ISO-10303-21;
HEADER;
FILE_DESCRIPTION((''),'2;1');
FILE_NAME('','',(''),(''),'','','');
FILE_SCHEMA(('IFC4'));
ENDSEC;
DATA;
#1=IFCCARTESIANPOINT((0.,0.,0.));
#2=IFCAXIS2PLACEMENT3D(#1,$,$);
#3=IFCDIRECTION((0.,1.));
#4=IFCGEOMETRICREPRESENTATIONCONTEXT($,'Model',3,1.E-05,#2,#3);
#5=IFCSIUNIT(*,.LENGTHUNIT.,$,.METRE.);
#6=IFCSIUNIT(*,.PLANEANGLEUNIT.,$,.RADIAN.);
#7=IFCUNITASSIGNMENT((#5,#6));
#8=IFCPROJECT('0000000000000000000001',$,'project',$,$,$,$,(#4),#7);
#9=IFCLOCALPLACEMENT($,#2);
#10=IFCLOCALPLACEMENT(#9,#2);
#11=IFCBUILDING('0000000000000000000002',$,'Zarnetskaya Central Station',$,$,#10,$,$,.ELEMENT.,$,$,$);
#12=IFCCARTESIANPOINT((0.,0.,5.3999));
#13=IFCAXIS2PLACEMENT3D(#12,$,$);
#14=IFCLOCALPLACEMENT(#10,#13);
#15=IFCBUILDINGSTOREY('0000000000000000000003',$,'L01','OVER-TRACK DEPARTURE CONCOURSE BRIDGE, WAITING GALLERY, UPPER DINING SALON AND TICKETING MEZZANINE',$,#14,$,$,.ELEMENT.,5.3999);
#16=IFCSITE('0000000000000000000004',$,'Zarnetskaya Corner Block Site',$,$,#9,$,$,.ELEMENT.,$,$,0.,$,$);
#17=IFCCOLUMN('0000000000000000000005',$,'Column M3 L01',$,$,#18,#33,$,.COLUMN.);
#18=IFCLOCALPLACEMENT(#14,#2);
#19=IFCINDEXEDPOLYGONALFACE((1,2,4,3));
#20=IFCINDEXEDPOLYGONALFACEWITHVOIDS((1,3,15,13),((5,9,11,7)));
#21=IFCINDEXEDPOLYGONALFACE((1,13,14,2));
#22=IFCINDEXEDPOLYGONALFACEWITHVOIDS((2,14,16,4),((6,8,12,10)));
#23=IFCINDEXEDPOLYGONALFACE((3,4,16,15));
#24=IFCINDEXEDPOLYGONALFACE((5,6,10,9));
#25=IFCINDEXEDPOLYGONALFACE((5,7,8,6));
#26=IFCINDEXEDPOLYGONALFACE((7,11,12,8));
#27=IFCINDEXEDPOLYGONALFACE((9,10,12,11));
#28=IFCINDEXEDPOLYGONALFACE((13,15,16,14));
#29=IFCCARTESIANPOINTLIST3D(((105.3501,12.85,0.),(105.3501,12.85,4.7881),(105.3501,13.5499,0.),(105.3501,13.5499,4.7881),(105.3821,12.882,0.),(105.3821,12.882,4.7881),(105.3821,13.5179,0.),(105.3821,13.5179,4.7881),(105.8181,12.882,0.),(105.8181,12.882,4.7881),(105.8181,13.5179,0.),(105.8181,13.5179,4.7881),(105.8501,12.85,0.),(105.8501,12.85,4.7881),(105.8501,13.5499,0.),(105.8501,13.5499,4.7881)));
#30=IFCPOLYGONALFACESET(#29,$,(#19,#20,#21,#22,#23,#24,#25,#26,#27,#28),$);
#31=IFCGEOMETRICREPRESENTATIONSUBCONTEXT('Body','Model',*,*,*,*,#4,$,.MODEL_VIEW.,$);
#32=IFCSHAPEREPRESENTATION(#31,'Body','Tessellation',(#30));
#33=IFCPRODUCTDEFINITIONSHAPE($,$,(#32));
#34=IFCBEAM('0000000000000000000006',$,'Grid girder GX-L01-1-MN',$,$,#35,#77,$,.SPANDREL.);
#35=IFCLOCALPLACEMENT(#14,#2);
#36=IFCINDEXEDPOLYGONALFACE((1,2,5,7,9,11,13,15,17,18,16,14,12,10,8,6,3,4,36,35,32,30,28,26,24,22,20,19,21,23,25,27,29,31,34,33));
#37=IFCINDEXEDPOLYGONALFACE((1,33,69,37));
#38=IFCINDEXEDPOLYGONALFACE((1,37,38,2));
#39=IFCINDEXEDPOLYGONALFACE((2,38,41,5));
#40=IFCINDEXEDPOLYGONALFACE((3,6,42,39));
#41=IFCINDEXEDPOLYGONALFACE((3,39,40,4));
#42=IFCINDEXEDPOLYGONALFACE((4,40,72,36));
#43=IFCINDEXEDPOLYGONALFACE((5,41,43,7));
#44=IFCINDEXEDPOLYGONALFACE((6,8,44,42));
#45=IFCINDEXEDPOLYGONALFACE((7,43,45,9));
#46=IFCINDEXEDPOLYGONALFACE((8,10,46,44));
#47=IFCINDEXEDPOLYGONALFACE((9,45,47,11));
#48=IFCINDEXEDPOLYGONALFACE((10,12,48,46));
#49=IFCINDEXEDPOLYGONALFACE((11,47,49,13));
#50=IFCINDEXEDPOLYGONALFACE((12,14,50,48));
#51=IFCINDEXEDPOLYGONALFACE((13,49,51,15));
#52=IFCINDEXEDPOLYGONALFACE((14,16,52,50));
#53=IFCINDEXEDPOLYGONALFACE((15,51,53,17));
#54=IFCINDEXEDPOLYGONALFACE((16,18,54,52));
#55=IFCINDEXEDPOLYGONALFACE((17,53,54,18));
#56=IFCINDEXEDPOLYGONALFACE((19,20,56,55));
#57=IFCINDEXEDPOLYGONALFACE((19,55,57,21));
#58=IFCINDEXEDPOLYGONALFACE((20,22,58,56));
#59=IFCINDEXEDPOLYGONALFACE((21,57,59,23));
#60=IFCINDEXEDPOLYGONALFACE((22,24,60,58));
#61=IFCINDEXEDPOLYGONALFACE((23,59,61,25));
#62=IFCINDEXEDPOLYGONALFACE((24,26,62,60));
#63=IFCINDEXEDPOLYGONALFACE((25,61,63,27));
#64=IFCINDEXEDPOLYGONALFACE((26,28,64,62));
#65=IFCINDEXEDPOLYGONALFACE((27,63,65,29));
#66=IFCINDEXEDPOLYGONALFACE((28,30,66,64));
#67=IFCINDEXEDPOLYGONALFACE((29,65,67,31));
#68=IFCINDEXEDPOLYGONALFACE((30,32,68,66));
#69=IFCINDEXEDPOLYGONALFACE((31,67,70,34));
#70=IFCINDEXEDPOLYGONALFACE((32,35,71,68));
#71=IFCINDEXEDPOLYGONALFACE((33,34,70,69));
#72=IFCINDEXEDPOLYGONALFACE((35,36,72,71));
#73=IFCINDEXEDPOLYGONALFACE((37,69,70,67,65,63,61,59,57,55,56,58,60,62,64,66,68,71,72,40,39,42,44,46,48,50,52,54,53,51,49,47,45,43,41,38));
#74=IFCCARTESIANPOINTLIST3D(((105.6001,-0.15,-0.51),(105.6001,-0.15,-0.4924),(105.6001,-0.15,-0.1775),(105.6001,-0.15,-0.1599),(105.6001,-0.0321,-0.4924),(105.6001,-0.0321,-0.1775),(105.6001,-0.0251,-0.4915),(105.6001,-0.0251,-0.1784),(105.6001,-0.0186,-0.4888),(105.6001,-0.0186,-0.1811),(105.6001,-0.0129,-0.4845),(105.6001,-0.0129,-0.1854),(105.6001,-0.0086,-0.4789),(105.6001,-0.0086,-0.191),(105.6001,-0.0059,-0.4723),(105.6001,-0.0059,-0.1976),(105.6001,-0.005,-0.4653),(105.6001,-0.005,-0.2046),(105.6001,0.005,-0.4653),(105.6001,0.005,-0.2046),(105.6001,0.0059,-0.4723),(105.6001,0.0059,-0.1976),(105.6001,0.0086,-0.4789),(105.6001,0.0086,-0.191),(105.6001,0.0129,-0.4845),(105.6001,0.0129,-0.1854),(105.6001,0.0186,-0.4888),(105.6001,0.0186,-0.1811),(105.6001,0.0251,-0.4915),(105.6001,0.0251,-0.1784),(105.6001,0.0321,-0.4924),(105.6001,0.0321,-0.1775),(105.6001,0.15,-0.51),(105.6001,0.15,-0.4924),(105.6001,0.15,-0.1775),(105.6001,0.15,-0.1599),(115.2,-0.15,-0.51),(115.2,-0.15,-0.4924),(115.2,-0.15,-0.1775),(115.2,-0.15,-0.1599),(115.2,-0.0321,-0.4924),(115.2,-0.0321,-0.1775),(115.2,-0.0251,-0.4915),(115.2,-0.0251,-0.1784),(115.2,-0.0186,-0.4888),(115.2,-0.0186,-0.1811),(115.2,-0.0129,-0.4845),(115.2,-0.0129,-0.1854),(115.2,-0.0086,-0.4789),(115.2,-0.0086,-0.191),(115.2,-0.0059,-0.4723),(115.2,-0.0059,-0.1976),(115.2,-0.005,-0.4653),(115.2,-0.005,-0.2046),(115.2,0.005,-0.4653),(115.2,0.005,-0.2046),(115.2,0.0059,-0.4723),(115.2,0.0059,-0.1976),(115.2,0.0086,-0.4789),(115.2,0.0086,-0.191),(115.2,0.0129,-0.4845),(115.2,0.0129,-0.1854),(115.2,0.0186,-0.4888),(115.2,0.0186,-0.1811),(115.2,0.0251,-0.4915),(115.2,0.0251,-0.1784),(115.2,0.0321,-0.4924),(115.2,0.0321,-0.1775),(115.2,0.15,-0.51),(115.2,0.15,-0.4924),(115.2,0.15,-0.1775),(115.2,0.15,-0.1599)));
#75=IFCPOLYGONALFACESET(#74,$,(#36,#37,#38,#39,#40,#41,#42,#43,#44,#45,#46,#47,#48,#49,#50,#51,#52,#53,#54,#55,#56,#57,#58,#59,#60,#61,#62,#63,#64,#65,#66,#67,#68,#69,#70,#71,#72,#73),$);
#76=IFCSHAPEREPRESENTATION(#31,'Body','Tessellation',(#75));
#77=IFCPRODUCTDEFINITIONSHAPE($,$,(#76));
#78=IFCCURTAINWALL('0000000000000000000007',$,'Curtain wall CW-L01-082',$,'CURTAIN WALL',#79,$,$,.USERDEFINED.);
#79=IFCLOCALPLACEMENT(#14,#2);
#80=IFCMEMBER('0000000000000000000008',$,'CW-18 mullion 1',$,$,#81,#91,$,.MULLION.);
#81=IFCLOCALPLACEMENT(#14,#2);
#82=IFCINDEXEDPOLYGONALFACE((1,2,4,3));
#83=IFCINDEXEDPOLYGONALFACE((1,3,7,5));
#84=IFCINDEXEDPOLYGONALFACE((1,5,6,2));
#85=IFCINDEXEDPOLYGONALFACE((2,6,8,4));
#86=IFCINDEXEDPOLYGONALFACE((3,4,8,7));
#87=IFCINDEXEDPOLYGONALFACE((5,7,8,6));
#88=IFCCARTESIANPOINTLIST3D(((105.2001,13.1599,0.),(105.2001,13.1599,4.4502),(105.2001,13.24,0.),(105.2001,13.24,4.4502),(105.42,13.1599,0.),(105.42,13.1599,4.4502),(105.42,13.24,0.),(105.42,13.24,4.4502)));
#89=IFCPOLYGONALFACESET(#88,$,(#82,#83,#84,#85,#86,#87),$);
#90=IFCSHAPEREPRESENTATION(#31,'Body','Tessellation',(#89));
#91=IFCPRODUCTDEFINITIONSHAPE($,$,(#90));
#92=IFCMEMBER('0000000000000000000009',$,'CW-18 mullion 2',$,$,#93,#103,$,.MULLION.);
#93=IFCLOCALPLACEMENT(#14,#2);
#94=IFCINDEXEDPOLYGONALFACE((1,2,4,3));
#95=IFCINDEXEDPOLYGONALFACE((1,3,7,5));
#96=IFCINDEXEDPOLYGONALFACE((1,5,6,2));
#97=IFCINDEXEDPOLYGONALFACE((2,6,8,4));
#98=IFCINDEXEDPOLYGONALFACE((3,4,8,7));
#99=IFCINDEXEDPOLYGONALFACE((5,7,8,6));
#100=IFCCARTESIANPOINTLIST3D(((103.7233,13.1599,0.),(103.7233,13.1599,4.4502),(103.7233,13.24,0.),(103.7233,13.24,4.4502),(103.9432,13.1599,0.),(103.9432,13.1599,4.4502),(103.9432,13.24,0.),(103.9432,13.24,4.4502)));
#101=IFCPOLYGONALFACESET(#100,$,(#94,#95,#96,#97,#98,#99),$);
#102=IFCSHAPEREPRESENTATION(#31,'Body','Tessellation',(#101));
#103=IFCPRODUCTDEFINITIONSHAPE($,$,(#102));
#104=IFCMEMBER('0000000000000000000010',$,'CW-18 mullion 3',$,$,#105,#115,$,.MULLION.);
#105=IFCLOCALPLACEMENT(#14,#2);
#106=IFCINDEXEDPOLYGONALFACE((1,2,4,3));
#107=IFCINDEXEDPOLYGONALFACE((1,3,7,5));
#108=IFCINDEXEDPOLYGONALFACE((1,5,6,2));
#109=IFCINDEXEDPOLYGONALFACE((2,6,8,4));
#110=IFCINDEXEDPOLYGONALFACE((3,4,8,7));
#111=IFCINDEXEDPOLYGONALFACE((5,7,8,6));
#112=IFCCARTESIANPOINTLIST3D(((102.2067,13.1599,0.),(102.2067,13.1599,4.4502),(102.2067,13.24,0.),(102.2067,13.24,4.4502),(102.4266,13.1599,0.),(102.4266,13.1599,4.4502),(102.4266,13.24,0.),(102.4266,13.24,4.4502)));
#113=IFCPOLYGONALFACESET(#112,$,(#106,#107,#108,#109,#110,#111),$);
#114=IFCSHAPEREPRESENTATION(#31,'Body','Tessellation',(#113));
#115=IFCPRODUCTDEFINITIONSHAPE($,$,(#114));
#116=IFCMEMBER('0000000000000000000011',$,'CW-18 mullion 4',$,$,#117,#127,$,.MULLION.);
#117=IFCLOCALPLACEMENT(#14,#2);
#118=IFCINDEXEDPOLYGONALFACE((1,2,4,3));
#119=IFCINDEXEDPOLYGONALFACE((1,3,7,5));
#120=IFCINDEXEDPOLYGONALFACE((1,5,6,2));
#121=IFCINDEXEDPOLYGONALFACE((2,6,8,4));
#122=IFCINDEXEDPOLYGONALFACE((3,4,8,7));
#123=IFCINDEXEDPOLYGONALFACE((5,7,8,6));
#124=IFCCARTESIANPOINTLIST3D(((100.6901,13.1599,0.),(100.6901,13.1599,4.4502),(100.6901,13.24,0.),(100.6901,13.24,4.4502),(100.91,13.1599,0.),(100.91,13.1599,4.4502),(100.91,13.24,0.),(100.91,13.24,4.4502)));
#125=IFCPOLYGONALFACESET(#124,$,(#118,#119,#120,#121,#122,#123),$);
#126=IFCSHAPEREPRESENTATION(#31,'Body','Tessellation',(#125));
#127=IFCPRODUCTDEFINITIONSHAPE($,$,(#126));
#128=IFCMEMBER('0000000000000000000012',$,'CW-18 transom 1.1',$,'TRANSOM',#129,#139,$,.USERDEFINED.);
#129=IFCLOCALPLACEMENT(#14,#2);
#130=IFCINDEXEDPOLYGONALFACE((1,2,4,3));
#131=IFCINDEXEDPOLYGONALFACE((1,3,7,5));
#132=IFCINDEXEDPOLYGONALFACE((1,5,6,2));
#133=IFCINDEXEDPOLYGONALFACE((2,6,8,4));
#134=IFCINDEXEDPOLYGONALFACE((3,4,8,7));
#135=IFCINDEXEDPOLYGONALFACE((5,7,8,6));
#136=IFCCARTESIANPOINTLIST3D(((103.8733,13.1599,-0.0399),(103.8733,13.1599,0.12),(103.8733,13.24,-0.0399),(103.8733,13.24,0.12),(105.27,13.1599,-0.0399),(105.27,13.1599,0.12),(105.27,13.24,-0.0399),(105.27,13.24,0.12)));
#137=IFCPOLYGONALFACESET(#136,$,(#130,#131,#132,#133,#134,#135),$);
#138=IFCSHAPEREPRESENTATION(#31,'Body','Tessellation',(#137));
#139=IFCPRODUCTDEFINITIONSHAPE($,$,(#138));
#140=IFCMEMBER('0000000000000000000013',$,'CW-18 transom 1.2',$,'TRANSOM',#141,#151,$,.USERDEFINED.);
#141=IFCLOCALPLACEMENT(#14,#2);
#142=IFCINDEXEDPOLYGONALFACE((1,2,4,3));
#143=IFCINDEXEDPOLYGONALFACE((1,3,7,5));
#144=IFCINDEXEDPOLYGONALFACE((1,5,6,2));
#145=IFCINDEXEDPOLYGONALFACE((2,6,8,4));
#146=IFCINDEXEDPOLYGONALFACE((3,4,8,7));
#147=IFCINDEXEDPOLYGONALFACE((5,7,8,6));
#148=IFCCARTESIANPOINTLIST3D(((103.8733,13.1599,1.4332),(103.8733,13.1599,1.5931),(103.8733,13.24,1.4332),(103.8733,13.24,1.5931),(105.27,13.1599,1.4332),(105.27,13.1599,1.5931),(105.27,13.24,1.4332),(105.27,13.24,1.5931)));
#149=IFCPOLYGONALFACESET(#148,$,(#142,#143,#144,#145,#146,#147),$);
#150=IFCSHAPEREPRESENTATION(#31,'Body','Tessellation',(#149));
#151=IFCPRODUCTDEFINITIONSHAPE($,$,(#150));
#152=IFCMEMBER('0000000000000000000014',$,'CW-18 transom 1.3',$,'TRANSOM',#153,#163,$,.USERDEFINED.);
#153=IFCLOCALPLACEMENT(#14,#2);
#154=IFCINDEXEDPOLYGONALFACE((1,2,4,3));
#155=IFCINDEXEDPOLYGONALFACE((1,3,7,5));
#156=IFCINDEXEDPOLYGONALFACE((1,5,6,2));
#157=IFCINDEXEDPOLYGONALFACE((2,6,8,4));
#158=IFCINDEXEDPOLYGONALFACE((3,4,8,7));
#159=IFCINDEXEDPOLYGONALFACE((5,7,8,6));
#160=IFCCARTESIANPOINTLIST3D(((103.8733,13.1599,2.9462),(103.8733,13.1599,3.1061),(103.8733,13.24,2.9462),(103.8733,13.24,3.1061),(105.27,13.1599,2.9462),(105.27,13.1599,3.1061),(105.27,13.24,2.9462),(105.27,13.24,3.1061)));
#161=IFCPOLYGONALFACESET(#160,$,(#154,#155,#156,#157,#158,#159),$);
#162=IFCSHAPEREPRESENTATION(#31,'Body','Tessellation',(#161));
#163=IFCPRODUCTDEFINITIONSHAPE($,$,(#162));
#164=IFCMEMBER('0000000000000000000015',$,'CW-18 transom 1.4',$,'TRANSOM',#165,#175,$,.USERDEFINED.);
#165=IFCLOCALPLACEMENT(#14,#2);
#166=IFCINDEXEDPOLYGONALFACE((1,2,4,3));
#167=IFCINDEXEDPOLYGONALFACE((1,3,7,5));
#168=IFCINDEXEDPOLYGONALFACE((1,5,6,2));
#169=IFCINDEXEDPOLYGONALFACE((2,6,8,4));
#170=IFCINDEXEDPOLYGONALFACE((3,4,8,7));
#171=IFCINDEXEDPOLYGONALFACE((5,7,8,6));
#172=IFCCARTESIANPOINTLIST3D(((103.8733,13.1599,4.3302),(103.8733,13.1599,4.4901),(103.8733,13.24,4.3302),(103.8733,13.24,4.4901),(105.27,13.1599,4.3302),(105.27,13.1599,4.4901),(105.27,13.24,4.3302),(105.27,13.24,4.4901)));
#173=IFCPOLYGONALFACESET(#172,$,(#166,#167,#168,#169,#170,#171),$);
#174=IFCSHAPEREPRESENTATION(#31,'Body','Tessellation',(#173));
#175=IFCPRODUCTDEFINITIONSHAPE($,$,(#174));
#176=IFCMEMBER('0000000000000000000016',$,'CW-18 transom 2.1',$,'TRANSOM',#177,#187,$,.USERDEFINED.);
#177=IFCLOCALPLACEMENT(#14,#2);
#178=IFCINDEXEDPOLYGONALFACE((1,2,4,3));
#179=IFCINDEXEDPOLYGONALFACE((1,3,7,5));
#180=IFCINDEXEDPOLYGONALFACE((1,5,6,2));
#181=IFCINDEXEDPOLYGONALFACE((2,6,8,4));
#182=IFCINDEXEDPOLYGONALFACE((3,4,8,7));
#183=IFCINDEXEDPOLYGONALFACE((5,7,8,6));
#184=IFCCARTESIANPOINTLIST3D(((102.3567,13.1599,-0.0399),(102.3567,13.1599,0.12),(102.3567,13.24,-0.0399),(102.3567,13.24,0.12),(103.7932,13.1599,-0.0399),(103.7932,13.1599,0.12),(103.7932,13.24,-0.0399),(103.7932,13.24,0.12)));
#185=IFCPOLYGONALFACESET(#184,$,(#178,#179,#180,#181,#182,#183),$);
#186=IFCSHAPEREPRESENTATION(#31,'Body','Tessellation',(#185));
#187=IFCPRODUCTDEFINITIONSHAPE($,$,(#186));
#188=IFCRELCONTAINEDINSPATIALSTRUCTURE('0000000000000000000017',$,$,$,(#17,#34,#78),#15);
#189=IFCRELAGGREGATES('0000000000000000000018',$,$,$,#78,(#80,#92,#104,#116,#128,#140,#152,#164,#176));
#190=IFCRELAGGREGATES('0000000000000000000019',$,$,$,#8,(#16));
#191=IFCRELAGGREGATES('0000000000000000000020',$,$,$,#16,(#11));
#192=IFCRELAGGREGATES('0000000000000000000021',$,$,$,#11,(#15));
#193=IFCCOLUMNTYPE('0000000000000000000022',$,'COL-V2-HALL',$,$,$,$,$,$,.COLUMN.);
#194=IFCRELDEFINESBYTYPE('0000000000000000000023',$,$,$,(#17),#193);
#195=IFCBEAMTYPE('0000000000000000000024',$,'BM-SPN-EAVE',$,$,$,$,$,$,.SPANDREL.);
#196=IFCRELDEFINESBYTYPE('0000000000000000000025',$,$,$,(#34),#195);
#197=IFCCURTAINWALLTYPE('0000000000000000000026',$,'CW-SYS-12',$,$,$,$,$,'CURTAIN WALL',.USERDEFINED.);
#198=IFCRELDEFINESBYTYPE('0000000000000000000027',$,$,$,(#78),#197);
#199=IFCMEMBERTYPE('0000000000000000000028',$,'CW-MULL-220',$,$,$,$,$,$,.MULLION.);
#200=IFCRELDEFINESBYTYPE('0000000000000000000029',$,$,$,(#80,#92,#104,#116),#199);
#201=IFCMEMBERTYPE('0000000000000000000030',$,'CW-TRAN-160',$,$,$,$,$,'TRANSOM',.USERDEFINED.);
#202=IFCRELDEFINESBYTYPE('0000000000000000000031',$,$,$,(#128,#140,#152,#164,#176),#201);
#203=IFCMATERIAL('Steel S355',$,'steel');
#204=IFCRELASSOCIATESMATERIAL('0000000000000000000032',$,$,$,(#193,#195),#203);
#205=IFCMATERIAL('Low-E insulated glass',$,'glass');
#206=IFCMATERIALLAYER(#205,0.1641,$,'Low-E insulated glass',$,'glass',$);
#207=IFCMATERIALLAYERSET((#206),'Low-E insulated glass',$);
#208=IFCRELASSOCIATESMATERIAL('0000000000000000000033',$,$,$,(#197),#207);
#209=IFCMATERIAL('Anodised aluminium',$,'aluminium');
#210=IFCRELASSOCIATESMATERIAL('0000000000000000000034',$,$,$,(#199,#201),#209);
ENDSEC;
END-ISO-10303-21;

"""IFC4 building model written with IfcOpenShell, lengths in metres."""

from ifc_helpers import new_model, si_unit, direction, frame, origin, origin_2d, place, context, subcontext, project, spatial, rectangle, hollow_rectangle, i_section, extrude, material, layer, layer_set, material_profile, profile_set, type_object, element, aggregate, save


model = new_model("IFC4")

# Units and contexts
model_context = context("Model", 3, precision=1e-05, world=origin(), true_north=direction((0.0, 1.0)))
body_context = subcontext(model_context, "Body", "Model", "MODEL_VIEW")
ifc_project = project(units=[si_unit("LENGTHUNIT", "METRE"), si_unit("PLANEANGLEUNIT", "RADIAN")], contexts=[model_context])

# Site, building, storey
site_placement = place(None, origin())
site = spatial("IfcSite", under=ifc_project, at=site_placement, Name="Zarnetskaya Corner Block Site", CompositionType="ELEMENT", RefElevation=0.0)
building_placement = place(site_placement, origin())
building = spatial("IfcBuilding", under=site, at=building_placement, Name="Zarnetskaya Central Station", CompositionType="ELEMENT")
storey_placement = place(building_placement, frame((0.0, 0.0, 5.3999)))
storey = spatial("IfcBuildingStorey", under=building, at=storey_placement, Name="L01", Description="OVER-TRACK DEPARTURE CONCOURSE BRIDGE, WAITING GALLERY, UPPER DINING SALON AND TICKETING MEZZANINE", CompositionType="ELEMENT", Elevation=5.3999)

# Column
ifc_material_1 = material(Name="Steel S355", Category="steel")
ifc_material_profile_1 = material_profile(ifc_material_1, hollow_rectangle(XDim=0.5, YDim=0.7, WallThickness=0.032, at=origin_2d()), Name="BOX 700x500x32")
ifc_profile_set_1 = profile_set([ifc_material_profile_1], Name="Steel S355")
column_type = type_object("IfcColumnType", Name="COL-V2-HALL", PredefinedType="COLUMN", material=ifc_profile_set_1)
column_placement = place(storey_placement, frame((105.6001, 13.2, 0.0), z_axis=(0.0, 0.0, 1.0), x_axis=(1.0, 0.0, 0.0)))
element("IfcColumn", 1, at=column_placement, inside=storey, type_object=column_type, Name="Column M3 L01", PredefinedType="COLUMN", context=body_context, shape_type="SweptSolid", body=[
    extrude(hollow_rectangle(XDim=0.5, YDim=0.7, WallThickness=0.032, at=origin_2d()), origin(), (0.0, 0.0, 1.0), 4.7881),
])

# Beam
ifc_material_profile_2 = material_profile(ifc_material_1, i_section(OverallWidth=0.3, OverallDepth=0.3501, WebThickness=0.01, FlangeThickness=0.0176, FilletRadius=0.0271, at=origin_2d()), Name="HEA 360")
ifc_profile_set_2 = profile_set([ifc_material_profile_2], Name="Steel S355")
beam_type_1 = type_object("IfcBeamType", Name="BM-SPN-EAVE", PredefinedType="SPANDREL", material=ifc_profile_set_2)
beam_1_placement = place(storey_placement, frame((105.6001, 0.0, -0.335), z_axis=(1.0, 0.0, 0.0), x_axis=(0.0, 1.0, 0.0)))
element("IfcBeam", 2, at=beam_1_placement, inside=storey, type_object=beam_type_1, Name="Grid girder GX-L01-1-MN", PredefinedType="SPANDREL", context=body_context, shape_type="SweptSolid", body=[
    extrude(i_section(OverallWidth=0.3, OverallDepth=0.3501, WebThickness=0.01, FlangeThickness=0.0176, FilletRadius=0.0271, at=origin_2d()), origin(), (0.0, 0.0, 1.0), 9.5999),
])

# Curtain wall, members
ifc_material_2 = material(Name="Low-E insulated glass", Category="glass")
ifc_layer_1 = layer(ifc_material_2, 0.1641, Name="Low-E insulated glass", Category="glass")
ifc_layer_set_1 = layer_set([ifc_layer_1], Name="Low-E insulated glass")
curtain_wall_type = type_object("IfcCurtainWallType", Name="CW-SYS-12", ElementType="CURTAIN WALL", PredefinedType="USERDEFINED", material=ifc_layer_set_1)
curtain_wall_placement = place(storey_placement, origin())
curtain_wall = element("IfcCurtainWall", 3, at=curtain_wall_placement, inside=storey, type_object=curtain_wall_type, Name="Curtain wall CW-L01-082", ObjectType="CURTAIN WALL", PredefinedType="USERDEFINED")
ifc_material_3 = material(Name="Anodised aluminium", Category="aluminium")
ifc_material_profile_3 = material_profile(ifc_material_3, rectangle(XDim=0.0801, YDim=0.22, at=origin_2d()), Name="ALU MULL 80x220")
ifc_profile_set_3 = profile_set([ifc_material_profile_3], Name="Anodised aluminium")
member_type_1 = type_object("IfcMemberType", Name="CW-MULL-220", PredefinedType="MULLION", material=ifc_profile_set_3)
member_1_placement = place(storey_placement, frame((105.3101, 13.2, 0.0), z_axis=(0.0, 0.0, 1.0), x_axis=(0.0, -1.0, 0.0)))
member_1 = element("IfcMember", 4, at=member_1_placement, type_object=member_type_1, Name="CW-18 mullion 1", PredefinedType="MULLION", context=body_context, shape_type="SweptSolid", body=[
    extrude(rectangle(XDim=0.0801, YDim=0.22, at=origin_2d()), origin(), (0.0, 0.0, 1.0), 4.4502),
])
member_2_placement = place(storey_placement, frame((103.8333, 13.2, 0.0), z_axis=(0.0, 0.0, 1.0), x_axis=(0.0, -1.0, 0.0)))
member_2 = element("IfcMember", 5, at=member_2_placement, type_object=member_type_1, Name="CW-18 mullion 2", PredefinedType="MULLION", context=body_context, shape_type="SweptSolid", body=[
    extrude(rectangle(XDim=0.0801, YDim=0.22, at=origin_2d()), origin(), (0.0, 0.0, 1.0), 4.4502),
])
member_3_placement = place(storey_placement, frame((102.3167, 13.2, 0.0), z_axis=(0.0, 0.0, 1.0), x_axis=(0.0, -1.0, 0.0)))
member_3 = element("IfcMember", 6, at=member_3_placement, type_object=member_type_1, Name="CW-18 mullion 3", PredefinedType="MULLION", context=body_context, shape_type="SweptSolid", body=[
    extrude(rectangle(XDim=0.0801, YDim=0.22, at=origin_2d()), origin(), (0.0, 0.0, 1.0), 4.4502),
])
member_4_placement = place(storey_placement, frame((100.8, 13.2, 0.0), z_axis=(0.0, 0.0, 1.0), x_axis=(0.0, -1.0, 0.0)))
member_4 = element("IfcMember", 7, at=member_4_placement, type_object=member_type_1, Name="CW-18 mullion 4", PredefinedType="MULLION", context=body_context, shape_type="SweptSolid", body=[
    extrude(rectangle(XDim=0.0801, YDim=0.22, at=origin_2d()), origin(), (0.0, 0.0, 1.0), 4.4502),
])
ifc_material_profile_4 = material_profile(ifc_material_3, rectangle(XDim=0.0801, YDim=0.1599, at=origin_2d()), Name="ALU TRAN 80x160")
ifc_profile_set_4 = profile_set([ifc_material_profile_4], Name="Anodised aluminium")
member_type_2 = type_object("IfcMemberType", Name="CW-TRAN-160", ElementType="TRANSOM", PredefinedType="USERDEFINED", material=ifc_profile_set_4)
member_5_placement = place(storey_placement, frame((105.27, 13.2, 0.04), z_axis=(-1.0, 0.0, 0.0), x_axis=(0.0, -1.0, 0.0)))
member_5 = element("IfcMember", 8, at=member_5_placement, type_object=member_type_2, Name="CW-18 transom 1.1", ObjectType="TRANSOM", PredefinedType="USERDEFINED", context=body_context, shape_type="SweptSolid", body=[
    extrude(rectangle(XDim=0.0801, YDim=0.1599, at=origin_2d()), origin(), (0.0, 0.0, 1.0), 1.3967),
])
member_6_placement = place(storey_placement, frame((105.27, 13.2, 1.5132), z_axis=(-1.0, 0.0, 0.0), x_axis=(0.0, -1.0, 0.0)))
member_6 = element("IfcMember", 9, at=member_6_placement, type_object=member_type_2, Name="CW-18 transom 1.2", ObjectType="TRANSOM", PredefinedType="USERDEFINED", context=body_context, shape_type="SweptSolid", body=[
    extrude(rectangle(XDim=0.0801, YDim=0.1599, at=origin_2d()), origin(), (0.0, 0.0, 1.0), 1.3967),
])
member_7_placement = place(storey_placement, frame((105.27, 13.2, 3.0261), z_axis=(-1.0, 0.0, 0.0), x_axis=(0.0, -1.0, 0.0)))
member_7 = element("IfcMember", 10, at=member_7_placement, type_object=member_type_2, Name="CW-18 transom 1.3", ObjectType="TRANSOM", PredefinedType="USERDEFINED", context=body_context, shape_type="SweptSolid", body=[
    extrude(rectangle(XDim=0.0801, YDim=0.1599, at=origin_2d()), origin(), (0.0, 0.0, 1.0), 1.3967),
])
member_8_placement = place(storey_placement, frame((105.27, 13.2, 4.4102), z_axis=(-1.0, 0.0, 0.0), x_axis=(0.0, -1.0, 0.0)))
member_8 = element("IfcMember", 11, at=member_8_placement, type_object=member_type_2, Name="CW-18 transom 1.4", ObjectType="TRANSOM", PredefinedType="USERDEFINED", context=body_context, shape_type="SweptSolid", body=[
    extrude(rectangle(XDim=0.0801, YDim=0.1599, at=origin_2d()), origin(), (0.0, 0.0, 1.0), 1.3967),
])
member_9_placement = place(storey_placement, frame((103.7932, 13.2, 0.04), z_axis=(-1.0, 0.0, 0.0), x_axis=(0.0, -1.0, 0.0)))
member_9 = element("IfcMember", 12, at=member_9_placement, type_object=member_type_2, Name="CW-18 transom 2.1", ObjectType="TRANSOM", PredefinedType="USERDEFINED", context=body_context, shape_type="SweptSolid", body=[
    extrude(rectangle(XDim=0.0801, YDim=0.1599, at=origin_2d()), origin(), (0.0, 0.0, 1.0), 1.4365),
])

aggregate(curtain_wall, [member_1, member_2, member_3, member_4, member_5, member_6, member_7, member_8, member_9])

save(model, "model.ifc")
